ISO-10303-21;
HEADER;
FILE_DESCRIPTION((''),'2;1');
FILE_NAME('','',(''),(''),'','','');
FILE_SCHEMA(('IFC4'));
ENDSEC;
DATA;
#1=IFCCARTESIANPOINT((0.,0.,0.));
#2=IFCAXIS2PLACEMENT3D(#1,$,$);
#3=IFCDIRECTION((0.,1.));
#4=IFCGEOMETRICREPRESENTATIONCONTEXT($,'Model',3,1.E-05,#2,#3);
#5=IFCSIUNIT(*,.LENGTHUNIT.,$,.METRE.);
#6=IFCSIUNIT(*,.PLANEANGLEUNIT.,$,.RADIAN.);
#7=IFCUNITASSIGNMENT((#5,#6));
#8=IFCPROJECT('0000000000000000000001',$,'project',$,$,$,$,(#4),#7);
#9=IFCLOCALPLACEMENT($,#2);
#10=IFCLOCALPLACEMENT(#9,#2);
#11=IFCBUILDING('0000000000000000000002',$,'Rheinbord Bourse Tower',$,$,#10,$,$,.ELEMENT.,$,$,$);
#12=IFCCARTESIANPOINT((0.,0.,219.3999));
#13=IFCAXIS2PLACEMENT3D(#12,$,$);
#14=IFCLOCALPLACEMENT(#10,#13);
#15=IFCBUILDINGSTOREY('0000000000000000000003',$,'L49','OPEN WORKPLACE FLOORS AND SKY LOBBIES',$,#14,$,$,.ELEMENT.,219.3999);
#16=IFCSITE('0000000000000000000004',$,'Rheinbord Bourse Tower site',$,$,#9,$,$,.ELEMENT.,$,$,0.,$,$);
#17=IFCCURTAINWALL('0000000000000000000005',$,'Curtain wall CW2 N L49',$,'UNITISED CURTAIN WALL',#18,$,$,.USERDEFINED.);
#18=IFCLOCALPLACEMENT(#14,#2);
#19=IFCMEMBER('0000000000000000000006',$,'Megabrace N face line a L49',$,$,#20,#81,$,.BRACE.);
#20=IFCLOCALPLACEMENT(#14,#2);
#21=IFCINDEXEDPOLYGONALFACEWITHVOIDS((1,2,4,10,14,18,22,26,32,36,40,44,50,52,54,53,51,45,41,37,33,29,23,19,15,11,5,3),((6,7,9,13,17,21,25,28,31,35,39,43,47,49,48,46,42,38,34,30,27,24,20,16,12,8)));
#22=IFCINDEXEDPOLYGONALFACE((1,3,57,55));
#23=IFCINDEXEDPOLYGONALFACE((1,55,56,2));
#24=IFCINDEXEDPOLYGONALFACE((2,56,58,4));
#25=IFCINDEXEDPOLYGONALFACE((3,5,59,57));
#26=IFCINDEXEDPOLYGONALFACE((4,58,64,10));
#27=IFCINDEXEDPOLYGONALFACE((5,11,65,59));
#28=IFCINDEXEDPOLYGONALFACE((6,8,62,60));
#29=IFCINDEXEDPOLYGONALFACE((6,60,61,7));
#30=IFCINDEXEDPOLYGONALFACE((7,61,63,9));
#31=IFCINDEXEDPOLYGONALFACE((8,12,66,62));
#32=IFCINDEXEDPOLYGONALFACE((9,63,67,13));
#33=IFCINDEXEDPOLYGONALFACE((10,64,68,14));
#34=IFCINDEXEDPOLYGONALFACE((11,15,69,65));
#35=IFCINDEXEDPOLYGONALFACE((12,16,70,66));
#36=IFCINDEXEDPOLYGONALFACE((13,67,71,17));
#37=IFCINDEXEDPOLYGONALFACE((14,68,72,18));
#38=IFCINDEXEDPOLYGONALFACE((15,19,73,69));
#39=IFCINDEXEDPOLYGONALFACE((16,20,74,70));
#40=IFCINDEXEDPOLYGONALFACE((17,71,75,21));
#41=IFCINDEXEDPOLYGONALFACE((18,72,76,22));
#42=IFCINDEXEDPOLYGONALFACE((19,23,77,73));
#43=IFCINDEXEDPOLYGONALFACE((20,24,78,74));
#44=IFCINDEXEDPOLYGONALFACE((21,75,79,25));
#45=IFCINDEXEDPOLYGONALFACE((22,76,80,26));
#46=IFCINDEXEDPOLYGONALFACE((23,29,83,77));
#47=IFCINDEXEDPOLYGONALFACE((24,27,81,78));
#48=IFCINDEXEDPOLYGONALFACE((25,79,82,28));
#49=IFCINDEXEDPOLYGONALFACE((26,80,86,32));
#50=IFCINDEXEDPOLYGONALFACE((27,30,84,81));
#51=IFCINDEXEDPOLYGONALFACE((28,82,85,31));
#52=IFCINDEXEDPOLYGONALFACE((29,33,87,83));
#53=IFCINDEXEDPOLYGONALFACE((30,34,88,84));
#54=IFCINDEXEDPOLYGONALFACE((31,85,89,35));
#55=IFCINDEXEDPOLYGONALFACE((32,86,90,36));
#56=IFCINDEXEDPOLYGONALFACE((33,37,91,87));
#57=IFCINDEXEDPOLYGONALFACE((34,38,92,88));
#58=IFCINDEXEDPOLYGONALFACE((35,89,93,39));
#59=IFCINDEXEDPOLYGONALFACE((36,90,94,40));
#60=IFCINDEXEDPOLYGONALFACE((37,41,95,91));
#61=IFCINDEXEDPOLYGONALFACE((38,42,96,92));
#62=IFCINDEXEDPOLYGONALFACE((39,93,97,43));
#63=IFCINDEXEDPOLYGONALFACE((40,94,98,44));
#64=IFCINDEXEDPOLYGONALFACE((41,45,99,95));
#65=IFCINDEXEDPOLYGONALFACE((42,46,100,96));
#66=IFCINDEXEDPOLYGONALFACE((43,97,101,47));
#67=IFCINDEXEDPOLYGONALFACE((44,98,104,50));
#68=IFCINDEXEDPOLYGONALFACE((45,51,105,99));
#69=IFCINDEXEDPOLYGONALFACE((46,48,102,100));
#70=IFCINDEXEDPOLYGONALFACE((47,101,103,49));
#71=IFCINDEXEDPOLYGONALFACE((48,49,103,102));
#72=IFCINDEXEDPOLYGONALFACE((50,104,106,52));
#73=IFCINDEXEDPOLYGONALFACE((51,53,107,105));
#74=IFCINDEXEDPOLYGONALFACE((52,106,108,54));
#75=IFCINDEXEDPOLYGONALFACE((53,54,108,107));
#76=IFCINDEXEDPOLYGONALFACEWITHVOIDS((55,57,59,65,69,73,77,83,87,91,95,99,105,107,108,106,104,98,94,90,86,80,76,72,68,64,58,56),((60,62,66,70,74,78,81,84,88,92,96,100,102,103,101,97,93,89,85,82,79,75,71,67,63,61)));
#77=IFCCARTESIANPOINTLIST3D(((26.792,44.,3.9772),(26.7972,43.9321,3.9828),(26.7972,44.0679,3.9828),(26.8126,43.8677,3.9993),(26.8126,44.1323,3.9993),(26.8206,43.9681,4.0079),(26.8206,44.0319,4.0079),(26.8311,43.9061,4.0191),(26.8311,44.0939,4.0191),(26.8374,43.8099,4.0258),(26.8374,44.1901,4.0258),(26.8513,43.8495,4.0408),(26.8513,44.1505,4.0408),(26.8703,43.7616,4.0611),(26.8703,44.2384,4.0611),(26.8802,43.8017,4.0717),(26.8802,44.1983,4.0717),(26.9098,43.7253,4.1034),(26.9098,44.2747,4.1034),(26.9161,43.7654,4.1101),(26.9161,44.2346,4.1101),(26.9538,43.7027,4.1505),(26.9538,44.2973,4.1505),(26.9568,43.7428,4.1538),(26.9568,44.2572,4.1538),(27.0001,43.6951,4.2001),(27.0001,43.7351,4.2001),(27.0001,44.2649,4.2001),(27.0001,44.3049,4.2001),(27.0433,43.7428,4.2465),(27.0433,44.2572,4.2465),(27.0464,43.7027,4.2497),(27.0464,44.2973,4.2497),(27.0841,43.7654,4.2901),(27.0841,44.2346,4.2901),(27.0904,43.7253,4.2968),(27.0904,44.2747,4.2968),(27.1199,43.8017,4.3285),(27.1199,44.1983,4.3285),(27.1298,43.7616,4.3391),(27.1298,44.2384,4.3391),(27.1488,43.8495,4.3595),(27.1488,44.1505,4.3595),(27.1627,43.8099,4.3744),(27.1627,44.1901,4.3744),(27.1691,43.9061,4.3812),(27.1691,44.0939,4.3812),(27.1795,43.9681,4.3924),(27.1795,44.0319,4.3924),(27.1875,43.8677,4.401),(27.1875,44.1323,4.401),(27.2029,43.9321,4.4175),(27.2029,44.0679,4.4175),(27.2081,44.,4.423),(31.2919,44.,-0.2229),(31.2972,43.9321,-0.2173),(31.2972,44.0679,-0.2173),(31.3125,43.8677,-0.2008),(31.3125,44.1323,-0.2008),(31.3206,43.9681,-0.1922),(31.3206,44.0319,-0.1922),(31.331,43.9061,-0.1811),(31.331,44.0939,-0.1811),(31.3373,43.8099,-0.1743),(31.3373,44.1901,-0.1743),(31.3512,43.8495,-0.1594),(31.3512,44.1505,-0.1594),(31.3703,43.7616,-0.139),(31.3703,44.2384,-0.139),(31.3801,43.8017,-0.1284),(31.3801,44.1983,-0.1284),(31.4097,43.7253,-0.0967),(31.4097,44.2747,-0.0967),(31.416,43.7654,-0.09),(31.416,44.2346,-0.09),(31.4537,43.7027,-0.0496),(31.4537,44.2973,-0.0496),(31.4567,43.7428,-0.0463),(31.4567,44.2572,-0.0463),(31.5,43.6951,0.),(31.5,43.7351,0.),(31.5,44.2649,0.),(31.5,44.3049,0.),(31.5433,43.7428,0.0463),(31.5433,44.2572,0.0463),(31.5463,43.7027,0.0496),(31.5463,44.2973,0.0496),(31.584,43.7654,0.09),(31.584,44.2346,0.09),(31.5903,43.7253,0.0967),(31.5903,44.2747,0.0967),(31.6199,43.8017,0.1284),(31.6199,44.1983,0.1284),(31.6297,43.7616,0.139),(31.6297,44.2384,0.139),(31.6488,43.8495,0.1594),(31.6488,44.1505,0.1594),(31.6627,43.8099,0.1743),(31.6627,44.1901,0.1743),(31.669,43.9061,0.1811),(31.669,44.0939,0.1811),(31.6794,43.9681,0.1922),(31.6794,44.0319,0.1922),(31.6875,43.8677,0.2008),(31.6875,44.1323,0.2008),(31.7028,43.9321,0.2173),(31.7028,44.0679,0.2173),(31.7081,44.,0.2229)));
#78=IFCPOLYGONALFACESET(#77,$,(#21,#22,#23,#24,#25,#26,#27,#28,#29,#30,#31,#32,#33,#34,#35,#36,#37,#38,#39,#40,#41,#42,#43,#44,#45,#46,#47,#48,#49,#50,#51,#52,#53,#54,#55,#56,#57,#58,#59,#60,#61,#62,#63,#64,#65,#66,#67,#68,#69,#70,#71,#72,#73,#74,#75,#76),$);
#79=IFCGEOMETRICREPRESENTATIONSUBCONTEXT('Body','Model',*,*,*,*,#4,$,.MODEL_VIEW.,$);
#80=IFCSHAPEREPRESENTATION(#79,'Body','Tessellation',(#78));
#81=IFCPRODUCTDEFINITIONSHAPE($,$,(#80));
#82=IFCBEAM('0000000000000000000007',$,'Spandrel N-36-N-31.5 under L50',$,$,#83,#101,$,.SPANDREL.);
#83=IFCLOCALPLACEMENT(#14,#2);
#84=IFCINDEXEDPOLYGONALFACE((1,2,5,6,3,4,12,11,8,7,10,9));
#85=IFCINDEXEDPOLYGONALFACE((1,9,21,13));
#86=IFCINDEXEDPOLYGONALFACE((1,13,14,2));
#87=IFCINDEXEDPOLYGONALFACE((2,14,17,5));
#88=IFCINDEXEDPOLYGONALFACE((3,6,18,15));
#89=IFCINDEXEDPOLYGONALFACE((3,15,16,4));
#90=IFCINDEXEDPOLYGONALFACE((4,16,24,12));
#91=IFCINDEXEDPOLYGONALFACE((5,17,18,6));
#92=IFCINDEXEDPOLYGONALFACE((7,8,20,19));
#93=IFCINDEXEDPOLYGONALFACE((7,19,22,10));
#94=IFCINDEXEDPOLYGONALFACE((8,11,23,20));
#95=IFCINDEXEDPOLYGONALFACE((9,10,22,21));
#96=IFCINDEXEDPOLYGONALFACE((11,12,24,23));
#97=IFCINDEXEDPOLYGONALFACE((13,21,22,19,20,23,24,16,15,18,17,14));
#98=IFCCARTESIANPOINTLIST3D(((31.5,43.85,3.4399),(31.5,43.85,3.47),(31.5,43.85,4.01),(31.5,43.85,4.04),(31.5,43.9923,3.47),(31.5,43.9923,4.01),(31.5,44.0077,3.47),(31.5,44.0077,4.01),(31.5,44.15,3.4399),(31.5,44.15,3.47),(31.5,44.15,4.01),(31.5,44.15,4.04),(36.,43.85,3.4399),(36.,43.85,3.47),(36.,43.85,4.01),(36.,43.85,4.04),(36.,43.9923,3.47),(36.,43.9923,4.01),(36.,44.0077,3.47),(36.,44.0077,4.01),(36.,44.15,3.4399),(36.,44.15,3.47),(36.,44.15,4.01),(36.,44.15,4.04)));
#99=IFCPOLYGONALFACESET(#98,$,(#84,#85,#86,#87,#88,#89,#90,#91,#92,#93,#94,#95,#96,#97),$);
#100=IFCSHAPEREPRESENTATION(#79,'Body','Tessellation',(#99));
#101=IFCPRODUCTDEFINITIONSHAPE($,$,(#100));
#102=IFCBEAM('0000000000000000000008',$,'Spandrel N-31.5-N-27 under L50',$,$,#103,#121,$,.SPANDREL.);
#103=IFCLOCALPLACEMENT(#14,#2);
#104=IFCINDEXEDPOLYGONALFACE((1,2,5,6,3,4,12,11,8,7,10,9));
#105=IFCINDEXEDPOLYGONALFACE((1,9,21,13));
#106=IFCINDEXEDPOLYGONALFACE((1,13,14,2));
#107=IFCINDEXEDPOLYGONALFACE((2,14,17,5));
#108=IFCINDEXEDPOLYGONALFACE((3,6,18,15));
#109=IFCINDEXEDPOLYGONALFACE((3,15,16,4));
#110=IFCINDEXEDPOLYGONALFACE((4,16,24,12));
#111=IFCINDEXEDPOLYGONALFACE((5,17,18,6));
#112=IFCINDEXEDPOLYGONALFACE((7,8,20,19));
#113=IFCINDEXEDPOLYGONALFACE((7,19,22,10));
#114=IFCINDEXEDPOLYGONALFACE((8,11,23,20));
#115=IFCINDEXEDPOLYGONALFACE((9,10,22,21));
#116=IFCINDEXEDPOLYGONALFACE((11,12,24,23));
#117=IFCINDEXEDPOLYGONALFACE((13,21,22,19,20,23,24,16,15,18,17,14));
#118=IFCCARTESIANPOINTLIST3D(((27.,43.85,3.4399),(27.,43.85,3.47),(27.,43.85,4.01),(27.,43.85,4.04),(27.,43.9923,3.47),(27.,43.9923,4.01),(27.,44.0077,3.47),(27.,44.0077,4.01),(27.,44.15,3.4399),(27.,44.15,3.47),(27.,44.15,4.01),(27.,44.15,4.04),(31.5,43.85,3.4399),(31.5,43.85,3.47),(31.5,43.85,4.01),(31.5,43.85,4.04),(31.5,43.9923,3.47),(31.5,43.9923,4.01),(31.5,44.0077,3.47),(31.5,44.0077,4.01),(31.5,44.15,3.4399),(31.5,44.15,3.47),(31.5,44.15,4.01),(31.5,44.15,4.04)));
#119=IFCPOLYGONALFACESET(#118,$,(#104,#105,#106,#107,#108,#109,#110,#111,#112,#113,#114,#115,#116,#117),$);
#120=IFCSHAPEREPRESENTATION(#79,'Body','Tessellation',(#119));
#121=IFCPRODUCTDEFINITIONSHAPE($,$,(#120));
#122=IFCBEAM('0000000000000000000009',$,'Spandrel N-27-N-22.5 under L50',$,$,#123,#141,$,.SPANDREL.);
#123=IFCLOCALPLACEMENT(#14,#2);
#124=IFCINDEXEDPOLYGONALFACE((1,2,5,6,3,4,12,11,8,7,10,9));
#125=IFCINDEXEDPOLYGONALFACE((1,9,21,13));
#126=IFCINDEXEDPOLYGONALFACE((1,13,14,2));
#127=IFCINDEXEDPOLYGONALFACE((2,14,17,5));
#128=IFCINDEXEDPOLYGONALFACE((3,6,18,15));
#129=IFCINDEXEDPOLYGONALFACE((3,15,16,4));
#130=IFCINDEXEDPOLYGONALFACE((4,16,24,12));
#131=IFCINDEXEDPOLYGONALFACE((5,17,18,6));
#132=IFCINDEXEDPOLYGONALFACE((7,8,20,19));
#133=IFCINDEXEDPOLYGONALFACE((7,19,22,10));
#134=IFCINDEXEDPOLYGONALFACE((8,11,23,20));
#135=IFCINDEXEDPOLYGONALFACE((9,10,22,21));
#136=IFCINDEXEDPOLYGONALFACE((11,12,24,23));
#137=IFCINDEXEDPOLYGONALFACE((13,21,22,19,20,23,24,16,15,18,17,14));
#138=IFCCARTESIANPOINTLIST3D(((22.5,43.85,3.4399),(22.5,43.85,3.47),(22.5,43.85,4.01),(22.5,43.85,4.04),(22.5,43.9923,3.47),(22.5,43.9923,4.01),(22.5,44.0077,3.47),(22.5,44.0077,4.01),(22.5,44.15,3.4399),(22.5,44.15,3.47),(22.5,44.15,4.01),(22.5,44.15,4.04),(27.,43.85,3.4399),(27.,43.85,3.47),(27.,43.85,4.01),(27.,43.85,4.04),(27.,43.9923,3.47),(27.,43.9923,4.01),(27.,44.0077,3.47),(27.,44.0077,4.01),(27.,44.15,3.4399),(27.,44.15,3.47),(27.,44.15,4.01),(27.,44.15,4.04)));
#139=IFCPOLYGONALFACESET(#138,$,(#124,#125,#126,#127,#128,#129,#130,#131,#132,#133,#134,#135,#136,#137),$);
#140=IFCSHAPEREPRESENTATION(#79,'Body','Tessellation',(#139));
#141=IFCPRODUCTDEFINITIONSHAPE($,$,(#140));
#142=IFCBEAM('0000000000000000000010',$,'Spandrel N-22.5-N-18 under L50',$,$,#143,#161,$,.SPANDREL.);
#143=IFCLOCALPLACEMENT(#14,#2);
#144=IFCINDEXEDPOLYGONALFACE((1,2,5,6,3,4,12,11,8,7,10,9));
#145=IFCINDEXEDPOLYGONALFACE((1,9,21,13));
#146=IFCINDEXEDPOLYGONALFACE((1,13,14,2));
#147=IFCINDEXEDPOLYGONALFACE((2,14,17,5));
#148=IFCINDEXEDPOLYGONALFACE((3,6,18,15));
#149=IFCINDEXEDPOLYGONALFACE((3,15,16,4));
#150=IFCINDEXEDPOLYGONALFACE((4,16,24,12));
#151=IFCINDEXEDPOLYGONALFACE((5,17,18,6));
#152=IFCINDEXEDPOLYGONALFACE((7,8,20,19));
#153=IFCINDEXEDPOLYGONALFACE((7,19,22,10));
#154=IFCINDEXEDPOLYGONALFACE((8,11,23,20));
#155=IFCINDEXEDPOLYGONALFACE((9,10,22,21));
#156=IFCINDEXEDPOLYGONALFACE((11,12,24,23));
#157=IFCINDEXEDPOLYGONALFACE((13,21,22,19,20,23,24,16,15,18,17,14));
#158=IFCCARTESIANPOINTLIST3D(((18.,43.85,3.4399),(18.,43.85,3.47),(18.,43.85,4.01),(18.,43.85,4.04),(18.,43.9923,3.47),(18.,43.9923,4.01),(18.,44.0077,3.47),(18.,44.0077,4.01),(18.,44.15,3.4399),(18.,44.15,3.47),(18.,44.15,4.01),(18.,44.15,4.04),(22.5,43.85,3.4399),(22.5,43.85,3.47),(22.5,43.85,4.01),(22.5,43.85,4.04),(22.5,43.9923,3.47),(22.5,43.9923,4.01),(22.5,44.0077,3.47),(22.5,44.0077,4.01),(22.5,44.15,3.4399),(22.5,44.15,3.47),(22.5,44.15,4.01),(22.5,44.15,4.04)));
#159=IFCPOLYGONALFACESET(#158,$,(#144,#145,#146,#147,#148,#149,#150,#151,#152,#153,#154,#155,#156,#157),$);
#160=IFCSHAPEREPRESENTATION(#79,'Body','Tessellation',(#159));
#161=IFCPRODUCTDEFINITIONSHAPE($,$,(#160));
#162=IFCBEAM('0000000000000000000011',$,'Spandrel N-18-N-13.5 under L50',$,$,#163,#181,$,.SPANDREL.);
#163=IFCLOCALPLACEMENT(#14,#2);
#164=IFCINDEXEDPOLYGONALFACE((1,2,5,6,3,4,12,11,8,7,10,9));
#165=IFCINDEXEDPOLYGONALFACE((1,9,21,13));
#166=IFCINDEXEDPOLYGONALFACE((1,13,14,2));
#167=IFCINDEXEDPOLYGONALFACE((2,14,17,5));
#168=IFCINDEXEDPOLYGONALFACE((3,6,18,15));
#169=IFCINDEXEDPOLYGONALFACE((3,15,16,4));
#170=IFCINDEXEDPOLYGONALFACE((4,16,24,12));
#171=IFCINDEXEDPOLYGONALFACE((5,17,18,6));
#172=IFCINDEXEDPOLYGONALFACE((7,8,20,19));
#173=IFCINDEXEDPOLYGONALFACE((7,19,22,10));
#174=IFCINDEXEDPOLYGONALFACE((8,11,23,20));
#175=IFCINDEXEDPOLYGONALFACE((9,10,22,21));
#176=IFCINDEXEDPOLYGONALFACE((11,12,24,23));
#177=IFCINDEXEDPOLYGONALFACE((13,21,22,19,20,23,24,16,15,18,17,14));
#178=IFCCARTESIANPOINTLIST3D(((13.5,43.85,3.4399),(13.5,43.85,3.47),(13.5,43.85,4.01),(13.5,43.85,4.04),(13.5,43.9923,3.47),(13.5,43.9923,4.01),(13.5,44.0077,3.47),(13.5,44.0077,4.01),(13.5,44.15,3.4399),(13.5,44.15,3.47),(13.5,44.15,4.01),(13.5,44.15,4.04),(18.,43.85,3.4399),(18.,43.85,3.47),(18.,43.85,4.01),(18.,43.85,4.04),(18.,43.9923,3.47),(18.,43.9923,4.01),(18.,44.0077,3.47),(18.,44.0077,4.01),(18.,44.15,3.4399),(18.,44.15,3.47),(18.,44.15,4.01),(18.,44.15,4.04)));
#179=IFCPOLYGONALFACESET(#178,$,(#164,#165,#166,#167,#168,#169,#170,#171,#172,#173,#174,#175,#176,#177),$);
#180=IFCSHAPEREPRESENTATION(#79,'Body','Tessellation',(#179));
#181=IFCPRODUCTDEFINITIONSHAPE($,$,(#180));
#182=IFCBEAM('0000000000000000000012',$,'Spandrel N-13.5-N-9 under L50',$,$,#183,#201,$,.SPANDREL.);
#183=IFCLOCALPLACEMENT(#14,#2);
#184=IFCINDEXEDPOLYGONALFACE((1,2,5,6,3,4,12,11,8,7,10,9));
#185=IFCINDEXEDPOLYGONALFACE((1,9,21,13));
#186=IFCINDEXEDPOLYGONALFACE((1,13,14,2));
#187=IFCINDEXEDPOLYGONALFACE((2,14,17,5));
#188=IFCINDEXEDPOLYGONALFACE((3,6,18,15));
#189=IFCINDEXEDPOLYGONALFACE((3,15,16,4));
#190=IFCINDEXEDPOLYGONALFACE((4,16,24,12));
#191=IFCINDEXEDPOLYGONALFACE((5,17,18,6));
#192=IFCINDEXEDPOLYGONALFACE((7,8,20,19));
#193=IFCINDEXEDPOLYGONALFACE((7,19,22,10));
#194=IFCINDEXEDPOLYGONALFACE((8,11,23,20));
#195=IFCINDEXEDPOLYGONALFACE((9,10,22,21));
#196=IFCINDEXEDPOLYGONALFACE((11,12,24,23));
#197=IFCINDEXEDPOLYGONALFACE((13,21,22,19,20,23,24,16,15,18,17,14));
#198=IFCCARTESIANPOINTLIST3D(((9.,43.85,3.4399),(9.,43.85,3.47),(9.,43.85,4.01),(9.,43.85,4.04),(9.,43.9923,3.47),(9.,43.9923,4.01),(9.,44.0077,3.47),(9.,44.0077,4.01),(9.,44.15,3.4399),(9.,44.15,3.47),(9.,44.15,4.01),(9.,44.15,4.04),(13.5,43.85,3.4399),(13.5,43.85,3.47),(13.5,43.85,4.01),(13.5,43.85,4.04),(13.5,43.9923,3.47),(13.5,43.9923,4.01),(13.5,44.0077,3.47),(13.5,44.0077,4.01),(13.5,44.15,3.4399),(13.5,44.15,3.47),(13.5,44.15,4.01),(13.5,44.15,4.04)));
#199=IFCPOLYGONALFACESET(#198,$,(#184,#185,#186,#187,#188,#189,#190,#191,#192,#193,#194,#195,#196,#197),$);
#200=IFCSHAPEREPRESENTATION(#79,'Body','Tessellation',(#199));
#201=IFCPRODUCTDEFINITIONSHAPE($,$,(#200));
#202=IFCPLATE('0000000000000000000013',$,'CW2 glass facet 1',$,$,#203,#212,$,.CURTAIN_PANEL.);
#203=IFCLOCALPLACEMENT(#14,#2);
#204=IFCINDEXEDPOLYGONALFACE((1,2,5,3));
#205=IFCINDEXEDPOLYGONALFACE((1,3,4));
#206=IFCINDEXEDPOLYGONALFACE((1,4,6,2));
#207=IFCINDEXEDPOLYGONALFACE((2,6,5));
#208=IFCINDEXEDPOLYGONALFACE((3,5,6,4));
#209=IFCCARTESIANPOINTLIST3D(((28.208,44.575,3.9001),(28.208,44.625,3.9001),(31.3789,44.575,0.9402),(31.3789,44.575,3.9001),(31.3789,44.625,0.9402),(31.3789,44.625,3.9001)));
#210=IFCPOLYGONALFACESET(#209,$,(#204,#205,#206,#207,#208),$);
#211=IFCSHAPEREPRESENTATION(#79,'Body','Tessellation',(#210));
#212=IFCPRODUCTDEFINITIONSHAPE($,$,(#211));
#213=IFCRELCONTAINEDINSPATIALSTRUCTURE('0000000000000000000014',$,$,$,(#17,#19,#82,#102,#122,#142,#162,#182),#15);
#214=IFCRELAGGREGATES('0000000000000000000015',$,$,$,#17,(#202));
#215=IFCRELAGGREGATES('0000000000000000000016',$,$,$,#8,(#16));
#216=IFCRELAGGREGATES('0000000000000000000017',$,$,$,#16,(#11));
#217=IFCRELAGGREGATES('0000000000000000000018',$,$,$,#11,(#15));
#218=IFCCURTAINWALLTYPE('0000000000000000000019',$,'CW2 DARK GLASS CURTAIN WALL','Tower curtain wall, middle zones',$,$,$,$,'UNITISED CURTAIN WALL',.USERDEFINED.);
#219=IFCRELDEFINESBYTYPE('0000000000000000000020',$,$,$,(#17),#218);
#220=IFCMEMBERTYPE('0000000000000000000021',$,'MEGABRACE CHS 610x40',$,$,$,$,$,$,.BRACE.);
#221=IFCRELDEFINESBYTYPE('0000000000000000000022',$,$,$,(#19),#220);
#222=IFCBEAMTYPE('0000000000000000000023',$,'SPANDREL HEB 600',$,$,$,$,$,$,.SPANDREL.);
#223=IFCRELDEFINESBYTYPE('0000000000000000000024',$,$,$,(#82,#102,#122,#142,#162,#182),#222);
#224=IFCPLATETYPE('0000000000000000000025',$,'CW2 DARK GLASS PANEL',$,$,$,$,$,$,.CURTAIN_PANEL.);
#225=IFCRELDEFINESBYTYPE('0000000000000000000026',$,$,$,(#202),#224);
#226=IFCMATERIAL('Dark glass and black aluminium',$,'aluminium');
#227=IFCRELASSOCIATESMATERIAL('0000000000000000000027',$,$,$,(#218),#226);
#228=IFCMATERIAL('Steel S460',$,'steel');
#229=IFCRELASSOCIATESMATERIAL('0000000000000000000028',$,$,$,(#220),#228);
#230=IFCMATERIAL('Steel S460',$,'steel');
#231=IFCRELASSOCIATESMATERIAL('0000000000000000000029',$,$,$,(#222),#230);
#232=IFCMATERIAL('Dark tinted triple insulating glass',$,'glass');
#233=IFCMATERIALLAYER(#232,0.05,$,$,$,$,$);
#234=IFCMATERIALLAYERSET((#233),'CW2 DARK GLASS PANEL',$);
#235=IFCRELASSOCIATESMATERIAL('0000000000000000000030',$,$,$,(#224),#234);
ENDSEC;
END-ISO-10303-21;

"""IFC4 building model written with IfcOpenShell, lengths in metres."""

from ifc_helpers import new_model, si_unit, direction, frame, origin, origin_2d, place, context, subcontext, project, spatial, polyline, hollow_circle, i_section, outline, extrude, material, layer, layer_set, material_profile, profile_set, type_object, element, aggregate, save


model = new_model("IFC4")

# Units and contexts
model_context = context("Model", 3, precision=1e-05, world=origin(), true_north=direction((0.0, 1.0)))
body_context = subcontext(model_context, "Body", "Model", "MODEL_VIEW")
ifc_project = project(units=[si_unit("LENGTHUNIT", "METRE"), si_unit("PLANEANGLEUNIT", "RADIAN")], contexts=[model_context])

# Site, building, storey
site_placement = place(None, origin())
site = spatial("IfcSite", under=ifc_project, at=site_placement, Name="Rheinbord Bourse Tower site", CompositionType="ELEMENT", RefElevation=0.0)
building_placement = place(site_placement, origin())
building = spatial("IfcBuilding", under=site, at=building_placement, Name="Rheinbord Bourse Tower", CompositionType="ELEMENT")
storey_placement = place(building_placement, frame((0.0, 0.0, 219.3999)))
storey = spatial("IfcBuildingStorey", under=building, at=storey_placement, Name="L49", Description="OPEN WORKPLACE FLOORS AND SKY LOBBIES", CompositionType="ELEMENT", Elevation=219.3999)

# Curtain wall
ifc_material_1 = material(Name="Dark glass and black aluminium", Category="aluminium")
curtain_wall_type = type_object("IfcCurtainWallType", Name="CW2 DARK GLASS CURTAIN WALL", Description="Tower curtain wall, middle zones", ElementType="UNITISED CURTAIN WALL", PredefinedType="USERDEFINED", material=ifc_material_1)
curtain_wall_placement = place(storey_placement, origin())
curtain_wall = element("IfcCurtainWall", 1, at=curtain_wall_placement, inside=storey, type_object=curtain_wall_type, Name="Curtain wall CW2 N L49", ObjectType="UNITISED CURTAIN WALL", PredefinedType="USERDEFINED")

# Member
ifc_material_2 = material(Name="Steel S460", Category="steel")
ifc_material_profile_1 = material_profile(ifc_material_2, hollow_circle(Radius=0.3049, WallThickness=0.04, at=origin_2d()), Name="CHS 610x40")
ifc_profile_set_1 = profile_set([ifc_material_profile_1], Name="Steel S460")
member_type_1 = type_object("IfcMemberType", Name="MEGABRACE CHS 610x40", PredefinedType="BRACE", material=ifc_profile_set_1)
member_1_placement = place(storey_placement, frame((31.5, 44.0, 0.0), z_axis=(-0.731039, 0.0, 0.682335), x_axis=(0.0, -1.0, 0.0)))
element("IfcMember", 2, at=member_1_placement, inside=storey, type_object=member_type_1, Name="Megabrace N face line a L49", PredefinedType="BRACE", context=body_context, shape_type="SweptSolid", body=[
    extrude(hollow_circle(Radius=0.3049, WallThickness=0.04, at=origin_2d()), origin(), (0.0, 0.0, 1.0), 6.1555),
])

# Beams
ifc_material_3 = material(Name="Steel S460", Category="steel")
ifc_material_profile_2 = material_profile(ifc_material_3, i_section(OverallWidth=0.3, OverallDepth=0.6001, WebThickness=0.0154, FlangeThickness=0.03, at=origin_2d()), Name="HEB 600")
ifc_profile_set_2 = profile_set([ifc_material_profile_2], Name="Steel S460")
beam_type_1 = type_object("IfcBeamType", Name="SPANDREL HEB 600", PredefinedType="SPANDREL", material=ifc_profile_set_2)
for number, where, z_axis, x_axis, name in (
    (3, (36.0, 44.0, 3.74), (-1.0, 0.0, 0.0), (0.0, -1.0, 0.0), "Spandrel N-36-N-31.5 under L50"),
    (4, (31.5, 44.0, 3.74), (-1.0, 0.0, 0.0), (0.0, -1.0, 0.0), "Spandrel N-31.5-N-27 under L50"),
    (5, (27.0, 44.0, 3.74), (-1.0, 0.0, 0.0), (0.0, -1.0, 0.0), "Spandrel N-27-N-22.5 under L50"),
    (6, (22.5, 44.0, 3.74), (-1.0, 0.0, 0.0), (0.0, -1.0, 0.0), "Spandrel N-22.5-N-18 under L50"),
    (7, (18.0, 44.0, 3.74), (-1.0, 0.0, 0.0), (0.0, -1.0, 0.0), "Spandrel N-18-N-13.5 under L50"),
    (8, (13.5, 44.0, 3.74), (-1.0, 0.0, 0.0), (0.0, -1.0, 0.0), "Spandrel N-13.5-N-9 under L50"),
):
    element("IfcBeam", number, at=place(storey_placement, frame(where, z_axis=z_axis, x_axis=x_axis)), inside=storey, type_object=beam_type_1, Name=name, PredefinedType="SPANDREL", context=body_context, shape_type="SweptSolid", body=[
        extrude(i_section(OverallWidth=0.3, OverallDepth=0.6001, WebThickness=0.0154, FlangeThickness=0.03, at=origin_2d()), origin(), (0.0, 0.0, 1.0), 4.5),
    ])

# Plate
ifc_material_4 = material(Name="Dark tinted triple insulating glass", Category="glass")
ifc_layer_1 = layer(ifc_material_4, 0.05)
ifc_layer_set_1 = layer_set([ifc_layer_1], Name="CW2 DARK GLASS PANEL")
plate_type = type_object("IfcPlateType", Name="CW2 DARK GLASS PANEL", PredefinedType="CURTAIN_PANEL", material=ifc_layer_set_1)
plate_1_placement = place(storey_placement, frame((31.3789, 44.625, 3.9001), z_axis=(0.0, -1.0, 0.0), x_axis=(-1.0, 0.0, 0.0)))
plate_1 = element("IfcPlate", 9, at=plate_1_placement, type_object=plate_type, Name="CW2 glass facet 1", PredefinedType="CURTAIN_PANEL", context=body_context, shape_type="SweptSolid", body=[
    extrude(outline(polyline([(0.0, 0.0), (3.1709, 0.0), (0.0, 2.96), (0.0, 0.0)])), origin(), (0.0, 0.0, 1.0), 0.05),
])
aggregate(curtain_wall, [plate_1])

save(model, "model.ifc")
